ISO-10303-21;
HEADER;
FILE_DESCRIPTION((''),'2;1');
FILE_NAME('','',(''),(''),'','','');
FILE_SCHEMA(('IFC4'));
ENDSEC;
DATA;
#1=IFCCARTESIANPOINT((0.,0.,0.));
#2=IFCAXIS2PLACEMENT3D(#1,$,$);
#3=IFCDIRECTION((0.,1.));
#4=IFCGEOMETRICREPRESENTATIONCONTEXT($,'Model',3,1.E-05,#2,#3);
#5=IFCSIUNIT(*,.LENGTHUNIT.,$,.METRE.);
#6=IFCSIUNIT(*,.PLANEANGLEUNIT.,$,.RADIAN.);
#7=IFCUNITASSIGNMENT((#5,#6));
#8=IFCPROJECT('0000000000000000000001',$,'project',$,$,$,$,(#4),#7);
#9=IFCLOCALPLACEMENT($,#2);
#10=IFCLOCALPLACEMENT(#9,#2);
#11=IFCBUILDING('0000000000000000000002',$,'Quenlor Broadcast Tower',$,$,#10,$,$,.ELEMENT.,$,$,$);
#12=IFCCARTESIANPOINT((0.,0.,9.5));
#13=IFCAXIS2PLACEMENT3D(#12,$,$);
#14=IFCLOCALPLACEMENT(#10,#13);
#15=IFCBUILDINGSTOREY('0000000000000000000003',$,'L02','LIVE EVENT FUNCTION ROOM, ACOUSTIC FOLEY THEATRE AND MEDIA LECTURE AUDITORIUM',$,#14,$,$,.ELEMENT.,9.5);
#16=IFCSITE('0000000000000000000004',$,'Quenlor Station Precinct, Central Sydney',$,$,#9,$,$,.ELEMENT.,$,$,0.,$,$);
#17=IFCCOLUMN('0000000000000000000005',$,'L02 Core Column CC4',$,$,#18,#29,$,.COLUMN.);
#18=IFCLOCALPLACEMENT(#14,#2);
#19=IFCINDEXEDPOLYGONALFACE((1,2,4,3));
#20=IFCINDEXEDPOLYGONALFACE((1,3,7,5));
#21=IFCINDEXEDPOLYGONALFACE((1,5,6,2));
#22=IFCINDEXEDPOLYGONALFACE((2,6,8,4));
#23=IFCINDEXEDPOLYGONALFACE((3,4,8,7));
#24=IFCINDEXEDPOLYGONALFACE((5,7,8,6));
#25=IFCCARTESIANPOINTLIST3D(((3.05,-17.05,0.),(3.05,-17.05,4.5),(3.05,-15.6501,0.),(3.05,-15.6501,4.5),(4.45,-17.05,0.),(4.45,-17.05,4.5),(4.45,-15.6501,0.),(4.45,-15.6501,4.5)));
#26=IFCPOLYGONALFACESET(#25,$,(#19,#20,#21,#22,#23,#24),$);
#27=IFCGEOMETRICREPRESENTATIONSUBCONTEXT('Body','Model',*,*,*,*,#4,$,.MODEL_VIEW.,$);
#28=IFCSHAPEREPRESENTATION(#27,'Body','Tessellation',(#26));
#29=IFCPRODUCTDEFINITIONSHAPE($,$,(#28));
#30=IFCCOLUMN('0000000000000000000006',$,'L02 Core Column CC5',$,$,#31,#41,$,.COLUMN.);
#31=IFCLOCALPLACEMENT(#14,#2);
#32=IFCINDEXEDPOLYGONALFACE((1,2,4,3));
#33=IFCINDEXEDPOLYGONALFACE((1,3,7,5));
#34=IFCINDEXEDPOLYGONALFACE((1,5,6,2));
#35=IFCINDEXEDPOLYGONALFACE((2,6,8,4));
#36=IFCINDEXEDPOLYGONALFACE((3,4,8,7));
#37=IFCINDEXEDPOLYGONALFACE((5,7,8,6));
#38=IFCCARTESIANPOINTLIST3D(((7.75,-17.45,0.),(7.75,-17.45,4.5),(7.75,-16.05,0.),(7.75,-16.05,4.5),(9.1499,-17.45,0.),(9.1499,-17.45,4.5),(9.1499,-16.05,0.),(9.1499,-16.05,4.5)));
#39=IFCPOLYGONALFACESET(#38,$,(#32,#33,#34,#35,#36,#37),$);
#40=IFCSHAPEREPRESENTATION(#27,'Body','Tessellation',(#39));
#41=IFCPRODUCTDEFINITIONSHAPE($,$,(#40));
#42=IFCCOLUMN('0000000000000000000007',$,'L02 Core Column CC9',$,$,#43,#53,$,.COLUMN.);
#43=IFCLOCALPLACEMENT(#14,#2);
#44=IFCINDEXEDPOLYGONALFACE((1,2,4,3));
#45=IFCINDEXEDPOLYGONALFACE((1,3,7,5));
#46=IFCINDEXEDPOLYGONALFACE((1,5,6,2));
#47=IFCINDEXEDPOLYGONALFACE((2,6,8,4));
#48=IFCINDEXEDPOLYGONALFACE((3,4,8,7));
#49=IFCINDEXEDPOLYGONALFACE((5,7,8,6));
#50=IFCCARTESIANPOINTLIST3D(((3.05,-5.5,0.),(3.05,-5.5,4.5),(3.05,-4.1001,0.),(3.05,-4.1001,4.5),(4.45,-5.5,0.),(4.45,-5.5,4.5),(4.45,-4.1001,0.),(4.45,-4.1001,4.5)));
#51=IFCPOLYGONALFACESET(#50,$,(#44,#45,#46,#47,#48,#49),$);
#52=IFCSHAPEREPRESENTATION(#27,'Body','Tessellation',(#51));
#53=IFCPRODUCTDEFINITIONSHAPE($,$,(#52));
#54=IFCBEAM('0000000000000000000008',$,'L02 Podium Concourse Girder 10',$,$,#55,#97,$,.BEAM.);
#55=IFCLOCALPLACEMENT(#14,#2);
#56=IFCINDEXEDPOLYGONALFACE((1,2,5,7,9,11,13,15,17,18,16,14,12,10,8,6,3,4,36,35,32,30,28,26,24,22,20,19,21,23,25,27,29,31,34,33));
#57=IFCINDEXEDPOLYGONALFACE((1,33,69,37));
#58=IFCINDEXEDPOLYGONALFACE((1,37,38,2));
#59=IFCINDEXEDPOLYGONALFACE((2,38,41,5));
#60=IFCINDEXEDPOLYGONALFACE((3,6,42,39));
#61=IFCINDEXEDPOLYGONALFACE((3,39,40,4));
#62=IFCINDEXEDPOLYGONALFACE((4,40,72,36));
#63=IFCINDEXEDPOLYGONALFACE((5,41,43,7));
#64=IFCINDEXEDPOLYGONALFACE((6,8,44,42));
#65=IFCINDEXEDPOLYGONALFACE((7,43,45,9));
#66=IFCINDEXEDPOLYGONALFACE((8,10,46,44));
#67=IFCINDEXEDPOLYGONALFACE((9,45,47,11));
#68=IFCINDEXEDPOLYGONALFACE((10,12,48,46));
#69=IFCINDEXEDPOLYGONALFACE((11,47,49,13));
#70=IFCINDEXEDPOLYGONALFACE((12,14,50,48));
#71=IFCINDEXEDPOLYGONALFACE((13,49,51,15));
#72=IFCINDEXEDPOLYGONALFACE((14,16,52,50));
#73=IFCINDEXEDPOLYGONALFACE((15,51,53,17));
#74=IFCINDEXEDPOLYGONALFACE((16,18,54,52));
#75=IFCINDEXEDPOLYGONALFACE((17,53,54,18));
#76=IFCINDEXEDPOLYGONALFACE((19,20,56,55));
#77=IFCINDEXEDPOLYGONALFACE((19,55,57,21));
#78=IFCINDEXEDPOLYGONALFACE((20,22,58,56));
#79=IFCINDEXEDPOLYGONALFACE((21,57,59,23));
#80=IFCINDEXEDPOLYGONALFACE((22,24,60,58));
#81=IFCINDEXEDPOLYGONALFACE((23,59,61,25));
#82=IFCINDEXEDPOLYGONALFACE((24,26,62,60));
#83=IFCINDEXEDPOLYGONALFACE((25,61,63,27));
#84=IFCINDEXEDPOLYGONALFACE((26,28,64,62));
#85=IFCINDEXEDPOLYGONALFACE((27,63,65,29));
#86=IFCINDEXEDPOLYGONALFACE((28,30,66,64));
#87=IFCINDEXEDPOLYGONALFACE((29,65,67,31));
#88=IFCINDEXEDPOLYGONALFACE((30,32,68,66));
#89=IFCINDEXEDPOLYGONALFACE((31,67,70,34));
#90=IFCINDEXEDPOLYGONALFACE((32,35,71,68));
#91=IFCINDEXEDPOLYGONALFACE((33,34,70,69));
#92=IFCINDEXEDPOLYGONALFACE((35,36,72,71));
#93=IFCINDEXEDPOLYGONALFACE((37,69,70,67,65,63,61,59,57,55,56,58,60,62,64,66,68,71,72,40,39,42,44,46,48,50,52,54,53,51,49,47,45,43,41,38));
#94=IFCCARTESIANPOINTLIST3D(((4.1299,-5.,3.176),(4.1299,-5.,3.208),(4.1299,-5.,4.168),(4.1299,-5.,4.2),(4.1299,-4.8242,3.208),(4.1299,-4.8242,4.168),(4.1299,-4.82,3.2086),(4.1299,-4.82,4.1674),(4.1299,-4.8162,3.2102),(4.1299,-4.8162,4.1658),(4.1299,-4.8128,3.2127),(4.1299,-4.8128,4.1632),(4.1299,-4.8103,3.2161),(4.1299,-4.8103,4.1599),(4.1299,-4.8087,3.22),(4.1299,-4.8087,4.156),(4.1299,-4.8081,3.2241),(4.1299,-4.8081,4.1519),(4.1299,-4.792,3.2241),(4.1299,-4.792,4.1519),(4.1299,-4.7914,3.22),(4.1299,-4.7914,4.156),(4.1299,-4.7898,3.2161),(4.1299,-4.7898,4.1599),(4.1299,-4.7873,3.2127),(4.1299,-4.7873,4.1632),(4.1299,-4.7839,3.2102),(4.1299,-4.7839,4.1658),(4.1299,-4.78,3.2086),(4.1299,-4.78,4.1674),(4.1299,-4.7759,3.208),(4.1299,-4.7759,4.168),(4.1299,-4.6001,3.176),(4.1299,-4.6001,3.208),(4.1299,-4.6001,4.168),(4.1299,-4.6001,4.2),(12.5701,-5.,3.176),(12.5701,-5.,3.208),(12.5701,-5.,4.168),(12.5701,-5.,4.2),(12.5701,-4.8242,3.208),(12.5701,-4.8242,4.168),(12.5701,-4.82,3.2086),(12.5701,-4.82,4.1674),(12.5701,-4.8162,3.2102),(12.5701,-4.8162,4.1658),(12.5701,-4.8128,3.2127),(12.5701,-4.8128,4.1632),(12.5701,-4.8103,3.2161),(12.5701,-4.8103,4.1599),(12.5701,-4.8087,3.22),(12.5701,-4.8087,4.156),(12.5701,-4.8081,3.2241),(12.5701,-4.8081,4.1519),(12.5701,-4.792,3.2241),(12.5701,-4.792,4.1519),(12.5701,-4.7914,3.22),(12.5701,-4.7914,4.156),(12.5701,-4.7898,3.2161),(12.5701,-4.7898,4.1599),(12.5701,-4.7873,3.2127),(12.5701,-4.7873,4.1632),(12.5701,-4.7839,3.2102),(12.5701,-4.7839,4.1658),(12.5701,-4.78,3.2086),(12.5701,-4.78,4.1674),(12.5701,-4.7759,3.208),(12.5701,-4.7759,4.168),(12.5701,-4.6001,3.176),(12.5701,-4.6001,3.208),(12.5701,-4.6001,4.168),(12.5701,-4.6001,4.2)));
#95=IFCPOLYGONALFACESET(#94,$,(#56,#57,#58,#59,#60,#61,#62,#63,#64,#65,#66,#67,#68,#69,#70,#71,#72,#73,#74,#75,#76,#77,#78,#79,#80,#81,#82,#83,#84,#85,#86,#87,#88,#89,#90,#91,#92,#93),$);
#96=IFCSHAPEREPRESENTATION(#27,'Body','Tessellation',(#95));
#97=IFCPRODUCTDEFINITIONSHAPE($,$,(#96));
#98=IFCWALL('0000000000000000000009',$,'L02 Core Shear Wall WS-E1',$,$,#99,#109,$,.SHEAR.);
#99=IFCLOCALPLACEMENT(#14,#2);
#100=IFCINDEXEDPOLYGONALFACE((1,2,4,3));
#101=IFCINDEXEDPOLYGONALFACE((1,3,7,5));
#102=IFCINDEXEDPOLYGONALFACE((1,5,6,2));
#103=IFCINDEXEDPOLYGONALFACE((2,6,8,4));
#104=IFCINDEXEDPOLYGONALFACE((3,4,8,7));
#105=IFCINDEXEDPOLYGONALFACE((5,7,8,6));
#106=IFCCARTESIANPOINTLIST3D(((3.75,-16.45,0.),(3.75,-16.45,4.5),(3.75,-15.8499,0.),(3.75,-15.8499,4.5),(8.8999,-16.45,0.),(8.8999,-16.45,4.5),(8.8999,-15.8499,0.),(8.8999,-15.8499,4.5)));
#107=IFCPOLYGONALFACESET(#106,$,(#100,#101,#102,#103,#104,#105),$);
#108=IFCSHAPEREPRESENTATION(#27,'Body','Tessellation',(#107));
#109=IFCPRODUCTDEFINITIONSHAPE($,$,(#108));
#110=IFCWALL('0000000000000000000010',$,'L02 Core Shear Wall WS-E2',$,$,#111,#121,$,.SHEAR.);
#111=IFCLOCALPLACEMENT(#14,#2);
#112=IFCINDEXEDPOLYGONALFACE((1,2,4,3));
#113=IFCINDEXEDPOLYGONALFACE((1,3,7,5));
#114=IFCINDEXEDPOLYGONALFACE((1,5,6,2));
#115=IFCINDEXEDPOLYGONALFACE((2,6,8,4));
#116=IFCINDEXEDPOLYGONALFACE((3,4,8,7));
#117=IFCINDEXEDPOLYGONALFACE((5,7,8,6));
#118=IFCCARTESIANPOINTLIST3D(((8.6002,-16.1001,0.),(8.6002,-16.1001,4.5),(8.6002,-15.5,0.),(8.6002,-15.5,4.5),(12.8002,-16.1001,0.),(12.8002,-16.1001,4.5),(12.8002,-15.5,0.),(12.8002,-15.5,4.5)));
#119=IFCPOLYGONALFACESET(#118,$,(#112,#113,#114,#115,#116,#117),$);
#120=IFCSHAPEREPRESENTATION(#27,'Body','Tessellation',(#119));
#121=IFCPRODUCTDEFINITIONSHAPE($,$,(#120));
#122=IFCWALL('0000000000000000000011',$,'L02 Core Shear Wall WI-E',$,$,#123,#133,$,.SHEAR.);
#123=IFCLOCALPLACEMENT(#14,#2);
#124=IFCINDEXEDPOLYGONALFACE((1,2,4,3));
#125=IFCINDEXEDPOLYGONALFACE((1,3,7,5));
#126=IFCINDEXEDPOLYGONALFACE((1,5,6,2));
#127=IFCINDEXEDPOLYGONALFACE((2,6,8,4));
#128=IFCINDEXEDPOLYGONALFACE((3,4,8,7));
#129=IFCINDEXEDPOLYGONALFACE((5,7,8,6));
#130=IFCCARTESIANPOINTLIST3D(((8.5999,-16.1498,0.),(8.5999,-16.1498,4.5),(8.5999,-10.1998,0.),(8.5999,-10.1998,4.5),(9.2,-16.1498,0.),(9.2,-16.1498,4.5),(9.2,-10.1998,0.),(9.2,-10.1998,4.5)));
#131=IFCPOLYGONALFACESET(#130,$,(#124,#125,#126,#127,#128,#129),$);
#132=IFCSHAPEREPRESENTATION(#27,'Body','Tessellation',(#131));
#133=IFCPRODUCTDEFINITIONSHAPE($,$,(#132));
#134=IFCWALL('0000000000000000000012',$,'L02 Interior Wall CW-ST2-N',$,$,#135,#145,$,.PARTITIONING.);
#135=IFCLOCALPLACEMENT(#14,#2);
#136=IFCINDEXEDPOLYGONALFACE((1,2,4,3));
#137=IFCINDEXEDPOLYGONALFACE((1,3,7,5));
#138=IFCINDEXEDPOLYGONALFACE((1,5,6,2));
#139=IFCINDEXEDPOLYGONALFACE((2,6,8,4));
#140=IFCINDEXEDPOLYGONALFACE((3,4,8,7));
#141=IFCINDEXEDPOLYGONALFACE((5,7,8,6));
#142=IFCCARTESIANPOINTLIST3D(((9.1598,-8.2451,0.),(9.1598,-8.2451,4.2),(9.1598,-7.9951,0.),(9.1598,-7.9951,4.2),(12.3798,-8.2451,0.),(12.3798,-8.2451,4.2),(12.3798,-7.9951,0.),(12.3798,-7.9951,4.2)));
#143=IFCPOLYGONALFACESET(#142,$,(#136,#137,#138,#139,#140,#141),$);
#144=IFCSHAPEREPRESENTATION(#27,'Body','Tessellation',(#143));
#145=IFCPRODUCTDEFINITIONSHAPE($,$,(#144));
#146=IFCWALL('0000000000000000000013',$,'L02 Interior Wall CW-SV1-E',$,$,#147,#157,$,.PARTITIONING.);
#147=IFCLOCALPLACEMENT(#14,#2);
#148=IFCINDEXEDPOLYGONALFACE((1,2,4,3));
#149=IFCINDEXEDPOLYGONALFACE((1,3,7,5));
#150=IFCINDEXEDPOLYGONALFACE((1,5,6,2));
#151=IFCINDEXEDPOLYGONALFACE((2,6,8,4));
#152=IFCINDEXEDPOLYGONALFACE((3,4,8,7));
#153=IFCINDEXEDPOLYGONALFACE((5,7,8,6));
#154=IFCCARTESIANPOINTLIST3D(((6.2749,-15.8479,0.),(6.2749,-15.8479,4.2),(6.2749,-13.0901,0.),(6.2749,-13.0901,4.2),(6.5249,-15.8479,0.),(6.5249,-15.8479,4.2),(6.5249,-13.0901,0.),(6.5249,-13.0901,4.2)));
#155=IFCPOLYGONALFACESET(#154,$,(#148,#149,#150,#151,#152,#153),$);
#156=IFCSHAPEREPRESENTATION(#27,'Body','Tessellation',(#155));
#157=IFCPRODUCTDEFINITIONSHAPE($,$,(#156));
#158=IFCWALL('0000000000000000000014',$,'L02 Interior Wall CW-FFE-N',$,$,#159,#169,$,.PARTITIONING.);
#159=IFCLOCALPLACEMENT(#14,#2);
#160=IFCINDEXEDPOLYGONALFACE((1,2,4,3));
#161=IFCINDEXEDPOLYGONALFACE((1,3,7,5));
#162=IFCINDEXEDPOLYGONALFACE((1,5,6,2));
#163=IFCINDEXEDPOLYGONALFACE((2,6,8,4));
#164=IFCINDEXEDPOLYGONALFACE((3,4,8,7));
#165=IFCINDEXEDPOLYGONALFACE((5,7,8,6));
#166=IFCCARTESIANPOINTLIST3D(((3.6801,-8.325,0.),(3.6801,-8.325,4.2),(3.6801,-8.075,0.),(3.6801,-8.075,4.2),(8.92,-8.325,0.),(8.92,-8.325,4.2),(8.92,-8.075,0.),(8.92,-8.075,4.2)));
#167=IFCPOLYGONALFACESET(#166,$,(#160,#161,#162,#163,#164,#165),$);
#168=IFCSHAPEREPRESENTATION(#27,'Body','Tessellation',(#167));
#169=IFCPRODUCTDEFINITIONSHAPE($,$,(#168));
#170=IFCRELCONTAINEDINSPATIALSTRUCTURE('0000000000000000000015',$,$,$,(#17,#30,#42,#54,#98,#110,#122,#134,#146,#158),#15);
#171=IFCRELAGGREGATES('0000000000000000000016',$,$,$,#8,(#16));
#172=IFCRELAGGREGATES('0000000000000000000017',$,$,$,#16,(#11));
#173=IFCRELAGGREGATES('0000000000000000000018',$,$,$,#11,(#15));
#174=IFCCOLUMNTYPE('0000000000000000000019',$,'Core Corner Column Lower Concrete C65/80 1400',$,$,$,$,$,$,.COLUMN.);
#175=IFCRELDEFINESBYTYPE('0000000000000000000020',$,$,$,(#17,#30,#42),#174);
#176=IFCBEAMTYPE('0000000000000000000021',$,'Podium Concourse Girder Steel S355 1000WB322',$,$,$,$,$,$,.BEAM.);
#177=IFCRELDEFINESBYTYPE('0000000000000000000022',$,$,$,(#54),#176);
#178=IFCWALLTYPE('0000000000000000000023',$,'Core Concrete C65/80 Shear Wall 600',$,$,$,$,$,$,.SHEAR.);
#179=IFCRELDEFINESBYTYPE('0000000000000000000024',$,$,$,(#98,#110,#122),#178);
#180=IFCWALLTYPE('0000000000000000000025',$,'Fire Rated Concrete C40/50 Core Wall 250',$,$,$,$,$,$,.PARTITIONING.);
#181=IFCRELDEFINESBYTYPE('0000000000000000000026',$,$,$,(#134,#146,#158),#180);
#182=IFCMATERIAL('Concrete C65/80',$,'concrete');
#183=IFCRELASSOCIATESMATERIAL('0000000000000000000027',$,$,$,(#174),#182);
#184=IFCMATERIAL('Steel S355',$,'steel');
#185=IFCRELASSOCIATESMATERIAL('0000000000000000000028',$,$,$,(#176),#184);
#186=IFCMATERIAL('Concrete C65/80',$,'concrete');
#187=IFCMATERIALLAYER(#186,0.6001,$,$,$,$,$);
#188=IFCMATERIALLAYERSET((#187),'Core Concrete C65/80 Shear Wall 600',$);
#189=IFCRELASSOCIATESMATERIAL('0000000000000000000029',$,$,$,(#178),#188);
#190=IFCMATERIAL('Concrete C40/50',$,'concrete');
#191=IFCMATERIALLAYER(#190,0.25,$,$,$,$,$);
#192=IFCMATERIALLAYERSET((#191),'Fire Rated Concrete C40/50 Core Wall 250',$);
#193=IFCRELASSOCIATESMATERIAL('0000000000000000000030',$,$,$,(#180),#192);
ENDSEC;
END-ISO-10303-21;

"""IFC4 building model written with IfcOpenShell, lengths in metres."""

from ifc_helpers import new_model, si_unit, direction, frame, frame_2d, origin, origin_2d, place, context, subcontext, project, spatial, rectangle, i_section, extrude, material, layer, layer_set, material_profile, profile_set, type_object, element, save


model = new_model("IFC4")

# Units and contexts
model_context = context("Model", 3, precision=1e-05, world=origin(), true_north=direction((0.0, 1.0)))
body_context = subcontext(model_context, "Body", "Model", "MODEL_VIEW")
ifc_project = project(units=[si_unit("LENGTHUNIT", "METRE"), si_unit("PLANEANGLEUNIT", "RADIAN")], contexts=[model_context])

# Site, building, storey
site_placement = place(None, origin())
site = spatial("IfcSite", under=ifc_project, at=site_placement, Name="Quenlor Station Precinct, Central Sydney", CompositionType="ELEMENT", RefElevation=0.0)
building_placement = place(site_placement, origin())
building = spatial("IfcBuilding", under=site, at=building_placement, Name="Quenlor Broadcast Tower", CompositionType="ELEMENT")
storey_placement = place(building_placement, frame((0.0, 0.0, 9.5)))
storey = spatial("IfcBuildingStorey", under=building, at=storey_placement, Name="L02", Description="LIVE EVENT FUNCTION ROOM, ACOUSTIC FOLEY THEATRE AND MEDIA LECTURE AUDITORIUM", CompositionType="ELEMENT", Elevation=9.5)

# Columns
ifc_material_1 = material(Name="Concrete C65/80", Category="concrete")
ifc_material_profile_1 = material_profile(ifc_material_1, rectangle(XDim=1.3999, YDim=1.3999, at=origin_2d()))
ifc_profile_set_1 = profile_set([ifc_material_profile_1], Name="Concrete C65/80 RC1400x1400")
column_type = type_object("IfcColumnType", Name="Core Corner Column Lower Concrete C65/80 1400", PredefinedType="COLUMN", material=ifc_profile_set_1)
for number, where, z_axis, x_axis, name in (
    (1, (3.75, -16.3501, 0.0), (0.0, 0.0, 1.0), (1.0, 0.0, 0.0), "L02 Core Column CC4"),
    (2, (8.45, -16.75, 0.0), (0.0, 0.0, 1.0), (1.0, 0.0, 0.0), "L02 Core Column CC5"),
    (3, (3.75, -4.8, 0.0), (0.0, 0.0, 1.0), (1.0, 0.0, 0.0), "L02 Core Column CC9"),
):
    element("IfcColumn", number, at=place(storey_placement, frame(where, z_axis=z_axis, x_axis=x_axis)), inside=storey, type_object=column_type, Name=name, PredefinedType="COLUMN", context=body_context, shape_type="SweptSolid", body=[
        extrude(rectangle(XDim=1.3999, YDim=1.3999, at=origin_2d()), origin(), (0.0, 0.0, 1.0), 4.5),
    ])

# Beam
ifc_material_2 = material(Name="Steel S355", Category="steel")
ifc_material_profile_2 = material_profile(ifc_material_2, i_section(OverallWidth=0.3999, OverallDepth=1.0239, WebThickness=0.0161, FlangeThickness=0.032, FilletRadius=0.0161, at=origin_2d()))
ifc_profile_set_2 = profile_set([ifc_material_profile_2], Name="Steel S355 1000WB322")
beam_type = type_object("IfcBeamType", Name="Podium Concourse Girder Steel S355 1000WB322", PredefinedType="BEAM", material=ifc_profile_set_2)
beam_placement = place(storey_placement, frame((4.1299, -4.8, 3.688), z_axis=(1.0, 0.0, 0.0), x_axis=(0.0, 1.0, 0.0)))
element("IfcBeam", 4, at=beam_placement, inside=storey, type_object=beam_type, Name="L02 Podium Concourse Girder 10", PredefinedType="BEAM", context=body_context, shape_type="SweptSolid", body=[
    extrude(i_section(OverallWidth=0.3999, OverallDepth=1.0239, WebThickness=0.0161, FlangeThickness=0.032, FilletRadius=0.0161, at=origin_2d()), origin(), (0.0, 0.0, 1.0), 8.4402),
])

# Walls
ifc_material_3 = material(Name="Concrete C65/80", Category="concrete")
ifc_layer_1 = layer(ifc_material_3, 0.6001)
ifc_layer_set_1 = layer_set([ifc_layer_1], Name="Core Concrete C65/80 Shear Wall 600")
wall_type_1 = type_object("IfcWallType", Name="Core Concrete C65/80 Shear Wall 600", PredefinedType="SHEAR", material=ifc_layer_set_1)
wall_1_placement = place(storey_placement, frame((3.75, -16.1499, 0.0), z_axis=(0.0, 0.0, 1.0), x_axis=(1.0, 0.0, 0.0)))
element("IfcWall", 5, at=wall_1_placement, inside=storey, type_object=wall_type_1, Name="L02 Core Shear Wall WS-E1", PredefinedType="SHEAR", context=body_context, shape_type="SweptSolid", body=[
    extrude(rectangle(XDim=5.1499, YDim=0.6001, at=frame_2d((2.575, 0.0))), origin(), (0.0, 0.0, 1.0), 4.5),
])
wall_2_placement = place(storey_placement, frame((8.6001, -15.8, 0.0), z_axis=(0.0, 0.0, 1.0), x_axis=(1.0, 0.0, 0.0)))
element("IfcWall", 6, at=wall_2_placement, inside=storey, type_object=wall_type_1, Name="L02 Core Shear Wall WS-E2", PredefinedType="SHEAR", context=body_context, shape_type="SweptSolid", body=[
    extrude(rectangle(XDim=4.2, YDim=0.6001, at=frame_2d((2.1001, 0.0))), origin(), (0.0, 0.0, 1.0), 4.5),
])
wall_3_placement = place(storey_placement, frame((8.8999, -16.1499, 0.0), z_axis=(0.0, 0.0, 1.0), x_axis=(0.0, 1.0, 0.0)))
element("IfcWall", 7, at=wall_3_placement, inside=storey, type_object=wall_type_1, Name="L02 Core Shear Wall WI-E", PredefinedType="SHEAR", context=body_context, shape_type="SweptSolid", body=[
    extrude(rectangle(XDim=5.95, YDim=0.6001, at=frame_2d((2.9751, 0.0))), origin(), (0.0, 0.0, 1.0), 4.5),
])

# Shared definitions
ifc_material_4 = material(Name="Concrete C40/50", Category="concrete")
ifc_layer_2 = layer(ifc_material_4, 0.25)
ifc_layer_set_2 = layer_set([ifc_layer_2], Name="Fire Rated Concrete C40/50 Core Wall 250")
wall_type_2 = type_object("IfcWallType", Name="Fire Rated Concrete C40/50 Core Wall 250", PredefinedType="PARTITIONING", material=ifc_layer_set_2)

# Wall
wall_4_placement = place(storey_placement, frame((9.1599, -8.1201, 0.0), z_axis=(0.0, 0.0, 1.0), x_axis=(1.0, 0.0, 0.0)))
element("IfcWall", 8, at=wall_4_placement, inside=storey, type_object=wall_type_2, Name="L02 Interior Wall CW-ST2-N", PredefinedType="PARTITIONING", context=body_context, shape_type="SweptSolid", body=[
    extrude(rectangle(XDim=3.22, YDim=0.25, at=frame_2d((1.6099, 0.0))), origin(), (0.0, 0.0, 1.0), 4.2),
])

# Walls
wall_5_placement = place(storey_placement, frame((6.3999, -15.8479, 0.0), z_axis=(0.0, 0.0, 1.0), x_axis=(0.0, 1.0, 0.0)))
element("IfcWall", 9, at=wall_5_placement, inside=storey, type_object=wall_type_2, Name="L02 Interior Wall CW-SV1-E", PredefinedType="PARTITIONING", context=body_context, shape_type="SweptSolid", body=[
    extrude(rectangle(XDim=2.7578, YDim=0.25, at=frame_2d((1.3789, 0.0))), origin(), (0.0, 0.0, 1.0), 4.2),
])
wall_6_placement = place(storey_placement, frame((3.6799, -8.2, 0.0), z_axis=(0.0, 0.0, 1.0), x_axis=(1.0, 0.0, 0.0)))
element("IfcWall", 10, at=wall_6_placement, inside=storey, type_object=wall_type_2, Name="L02 Interior Wall CW-FFE-N", PredefinedType="PARTITIONING", context=body_context, shape_type="SweptSolid", body=[
    extrude(rectangle(XDim=5.24, YDim=0.25, at=frame_2d((2.6201, 0.0))), origin(), (0.0, 0.0, 1.0), 4.2),
])

save(model, "model.ifc")
